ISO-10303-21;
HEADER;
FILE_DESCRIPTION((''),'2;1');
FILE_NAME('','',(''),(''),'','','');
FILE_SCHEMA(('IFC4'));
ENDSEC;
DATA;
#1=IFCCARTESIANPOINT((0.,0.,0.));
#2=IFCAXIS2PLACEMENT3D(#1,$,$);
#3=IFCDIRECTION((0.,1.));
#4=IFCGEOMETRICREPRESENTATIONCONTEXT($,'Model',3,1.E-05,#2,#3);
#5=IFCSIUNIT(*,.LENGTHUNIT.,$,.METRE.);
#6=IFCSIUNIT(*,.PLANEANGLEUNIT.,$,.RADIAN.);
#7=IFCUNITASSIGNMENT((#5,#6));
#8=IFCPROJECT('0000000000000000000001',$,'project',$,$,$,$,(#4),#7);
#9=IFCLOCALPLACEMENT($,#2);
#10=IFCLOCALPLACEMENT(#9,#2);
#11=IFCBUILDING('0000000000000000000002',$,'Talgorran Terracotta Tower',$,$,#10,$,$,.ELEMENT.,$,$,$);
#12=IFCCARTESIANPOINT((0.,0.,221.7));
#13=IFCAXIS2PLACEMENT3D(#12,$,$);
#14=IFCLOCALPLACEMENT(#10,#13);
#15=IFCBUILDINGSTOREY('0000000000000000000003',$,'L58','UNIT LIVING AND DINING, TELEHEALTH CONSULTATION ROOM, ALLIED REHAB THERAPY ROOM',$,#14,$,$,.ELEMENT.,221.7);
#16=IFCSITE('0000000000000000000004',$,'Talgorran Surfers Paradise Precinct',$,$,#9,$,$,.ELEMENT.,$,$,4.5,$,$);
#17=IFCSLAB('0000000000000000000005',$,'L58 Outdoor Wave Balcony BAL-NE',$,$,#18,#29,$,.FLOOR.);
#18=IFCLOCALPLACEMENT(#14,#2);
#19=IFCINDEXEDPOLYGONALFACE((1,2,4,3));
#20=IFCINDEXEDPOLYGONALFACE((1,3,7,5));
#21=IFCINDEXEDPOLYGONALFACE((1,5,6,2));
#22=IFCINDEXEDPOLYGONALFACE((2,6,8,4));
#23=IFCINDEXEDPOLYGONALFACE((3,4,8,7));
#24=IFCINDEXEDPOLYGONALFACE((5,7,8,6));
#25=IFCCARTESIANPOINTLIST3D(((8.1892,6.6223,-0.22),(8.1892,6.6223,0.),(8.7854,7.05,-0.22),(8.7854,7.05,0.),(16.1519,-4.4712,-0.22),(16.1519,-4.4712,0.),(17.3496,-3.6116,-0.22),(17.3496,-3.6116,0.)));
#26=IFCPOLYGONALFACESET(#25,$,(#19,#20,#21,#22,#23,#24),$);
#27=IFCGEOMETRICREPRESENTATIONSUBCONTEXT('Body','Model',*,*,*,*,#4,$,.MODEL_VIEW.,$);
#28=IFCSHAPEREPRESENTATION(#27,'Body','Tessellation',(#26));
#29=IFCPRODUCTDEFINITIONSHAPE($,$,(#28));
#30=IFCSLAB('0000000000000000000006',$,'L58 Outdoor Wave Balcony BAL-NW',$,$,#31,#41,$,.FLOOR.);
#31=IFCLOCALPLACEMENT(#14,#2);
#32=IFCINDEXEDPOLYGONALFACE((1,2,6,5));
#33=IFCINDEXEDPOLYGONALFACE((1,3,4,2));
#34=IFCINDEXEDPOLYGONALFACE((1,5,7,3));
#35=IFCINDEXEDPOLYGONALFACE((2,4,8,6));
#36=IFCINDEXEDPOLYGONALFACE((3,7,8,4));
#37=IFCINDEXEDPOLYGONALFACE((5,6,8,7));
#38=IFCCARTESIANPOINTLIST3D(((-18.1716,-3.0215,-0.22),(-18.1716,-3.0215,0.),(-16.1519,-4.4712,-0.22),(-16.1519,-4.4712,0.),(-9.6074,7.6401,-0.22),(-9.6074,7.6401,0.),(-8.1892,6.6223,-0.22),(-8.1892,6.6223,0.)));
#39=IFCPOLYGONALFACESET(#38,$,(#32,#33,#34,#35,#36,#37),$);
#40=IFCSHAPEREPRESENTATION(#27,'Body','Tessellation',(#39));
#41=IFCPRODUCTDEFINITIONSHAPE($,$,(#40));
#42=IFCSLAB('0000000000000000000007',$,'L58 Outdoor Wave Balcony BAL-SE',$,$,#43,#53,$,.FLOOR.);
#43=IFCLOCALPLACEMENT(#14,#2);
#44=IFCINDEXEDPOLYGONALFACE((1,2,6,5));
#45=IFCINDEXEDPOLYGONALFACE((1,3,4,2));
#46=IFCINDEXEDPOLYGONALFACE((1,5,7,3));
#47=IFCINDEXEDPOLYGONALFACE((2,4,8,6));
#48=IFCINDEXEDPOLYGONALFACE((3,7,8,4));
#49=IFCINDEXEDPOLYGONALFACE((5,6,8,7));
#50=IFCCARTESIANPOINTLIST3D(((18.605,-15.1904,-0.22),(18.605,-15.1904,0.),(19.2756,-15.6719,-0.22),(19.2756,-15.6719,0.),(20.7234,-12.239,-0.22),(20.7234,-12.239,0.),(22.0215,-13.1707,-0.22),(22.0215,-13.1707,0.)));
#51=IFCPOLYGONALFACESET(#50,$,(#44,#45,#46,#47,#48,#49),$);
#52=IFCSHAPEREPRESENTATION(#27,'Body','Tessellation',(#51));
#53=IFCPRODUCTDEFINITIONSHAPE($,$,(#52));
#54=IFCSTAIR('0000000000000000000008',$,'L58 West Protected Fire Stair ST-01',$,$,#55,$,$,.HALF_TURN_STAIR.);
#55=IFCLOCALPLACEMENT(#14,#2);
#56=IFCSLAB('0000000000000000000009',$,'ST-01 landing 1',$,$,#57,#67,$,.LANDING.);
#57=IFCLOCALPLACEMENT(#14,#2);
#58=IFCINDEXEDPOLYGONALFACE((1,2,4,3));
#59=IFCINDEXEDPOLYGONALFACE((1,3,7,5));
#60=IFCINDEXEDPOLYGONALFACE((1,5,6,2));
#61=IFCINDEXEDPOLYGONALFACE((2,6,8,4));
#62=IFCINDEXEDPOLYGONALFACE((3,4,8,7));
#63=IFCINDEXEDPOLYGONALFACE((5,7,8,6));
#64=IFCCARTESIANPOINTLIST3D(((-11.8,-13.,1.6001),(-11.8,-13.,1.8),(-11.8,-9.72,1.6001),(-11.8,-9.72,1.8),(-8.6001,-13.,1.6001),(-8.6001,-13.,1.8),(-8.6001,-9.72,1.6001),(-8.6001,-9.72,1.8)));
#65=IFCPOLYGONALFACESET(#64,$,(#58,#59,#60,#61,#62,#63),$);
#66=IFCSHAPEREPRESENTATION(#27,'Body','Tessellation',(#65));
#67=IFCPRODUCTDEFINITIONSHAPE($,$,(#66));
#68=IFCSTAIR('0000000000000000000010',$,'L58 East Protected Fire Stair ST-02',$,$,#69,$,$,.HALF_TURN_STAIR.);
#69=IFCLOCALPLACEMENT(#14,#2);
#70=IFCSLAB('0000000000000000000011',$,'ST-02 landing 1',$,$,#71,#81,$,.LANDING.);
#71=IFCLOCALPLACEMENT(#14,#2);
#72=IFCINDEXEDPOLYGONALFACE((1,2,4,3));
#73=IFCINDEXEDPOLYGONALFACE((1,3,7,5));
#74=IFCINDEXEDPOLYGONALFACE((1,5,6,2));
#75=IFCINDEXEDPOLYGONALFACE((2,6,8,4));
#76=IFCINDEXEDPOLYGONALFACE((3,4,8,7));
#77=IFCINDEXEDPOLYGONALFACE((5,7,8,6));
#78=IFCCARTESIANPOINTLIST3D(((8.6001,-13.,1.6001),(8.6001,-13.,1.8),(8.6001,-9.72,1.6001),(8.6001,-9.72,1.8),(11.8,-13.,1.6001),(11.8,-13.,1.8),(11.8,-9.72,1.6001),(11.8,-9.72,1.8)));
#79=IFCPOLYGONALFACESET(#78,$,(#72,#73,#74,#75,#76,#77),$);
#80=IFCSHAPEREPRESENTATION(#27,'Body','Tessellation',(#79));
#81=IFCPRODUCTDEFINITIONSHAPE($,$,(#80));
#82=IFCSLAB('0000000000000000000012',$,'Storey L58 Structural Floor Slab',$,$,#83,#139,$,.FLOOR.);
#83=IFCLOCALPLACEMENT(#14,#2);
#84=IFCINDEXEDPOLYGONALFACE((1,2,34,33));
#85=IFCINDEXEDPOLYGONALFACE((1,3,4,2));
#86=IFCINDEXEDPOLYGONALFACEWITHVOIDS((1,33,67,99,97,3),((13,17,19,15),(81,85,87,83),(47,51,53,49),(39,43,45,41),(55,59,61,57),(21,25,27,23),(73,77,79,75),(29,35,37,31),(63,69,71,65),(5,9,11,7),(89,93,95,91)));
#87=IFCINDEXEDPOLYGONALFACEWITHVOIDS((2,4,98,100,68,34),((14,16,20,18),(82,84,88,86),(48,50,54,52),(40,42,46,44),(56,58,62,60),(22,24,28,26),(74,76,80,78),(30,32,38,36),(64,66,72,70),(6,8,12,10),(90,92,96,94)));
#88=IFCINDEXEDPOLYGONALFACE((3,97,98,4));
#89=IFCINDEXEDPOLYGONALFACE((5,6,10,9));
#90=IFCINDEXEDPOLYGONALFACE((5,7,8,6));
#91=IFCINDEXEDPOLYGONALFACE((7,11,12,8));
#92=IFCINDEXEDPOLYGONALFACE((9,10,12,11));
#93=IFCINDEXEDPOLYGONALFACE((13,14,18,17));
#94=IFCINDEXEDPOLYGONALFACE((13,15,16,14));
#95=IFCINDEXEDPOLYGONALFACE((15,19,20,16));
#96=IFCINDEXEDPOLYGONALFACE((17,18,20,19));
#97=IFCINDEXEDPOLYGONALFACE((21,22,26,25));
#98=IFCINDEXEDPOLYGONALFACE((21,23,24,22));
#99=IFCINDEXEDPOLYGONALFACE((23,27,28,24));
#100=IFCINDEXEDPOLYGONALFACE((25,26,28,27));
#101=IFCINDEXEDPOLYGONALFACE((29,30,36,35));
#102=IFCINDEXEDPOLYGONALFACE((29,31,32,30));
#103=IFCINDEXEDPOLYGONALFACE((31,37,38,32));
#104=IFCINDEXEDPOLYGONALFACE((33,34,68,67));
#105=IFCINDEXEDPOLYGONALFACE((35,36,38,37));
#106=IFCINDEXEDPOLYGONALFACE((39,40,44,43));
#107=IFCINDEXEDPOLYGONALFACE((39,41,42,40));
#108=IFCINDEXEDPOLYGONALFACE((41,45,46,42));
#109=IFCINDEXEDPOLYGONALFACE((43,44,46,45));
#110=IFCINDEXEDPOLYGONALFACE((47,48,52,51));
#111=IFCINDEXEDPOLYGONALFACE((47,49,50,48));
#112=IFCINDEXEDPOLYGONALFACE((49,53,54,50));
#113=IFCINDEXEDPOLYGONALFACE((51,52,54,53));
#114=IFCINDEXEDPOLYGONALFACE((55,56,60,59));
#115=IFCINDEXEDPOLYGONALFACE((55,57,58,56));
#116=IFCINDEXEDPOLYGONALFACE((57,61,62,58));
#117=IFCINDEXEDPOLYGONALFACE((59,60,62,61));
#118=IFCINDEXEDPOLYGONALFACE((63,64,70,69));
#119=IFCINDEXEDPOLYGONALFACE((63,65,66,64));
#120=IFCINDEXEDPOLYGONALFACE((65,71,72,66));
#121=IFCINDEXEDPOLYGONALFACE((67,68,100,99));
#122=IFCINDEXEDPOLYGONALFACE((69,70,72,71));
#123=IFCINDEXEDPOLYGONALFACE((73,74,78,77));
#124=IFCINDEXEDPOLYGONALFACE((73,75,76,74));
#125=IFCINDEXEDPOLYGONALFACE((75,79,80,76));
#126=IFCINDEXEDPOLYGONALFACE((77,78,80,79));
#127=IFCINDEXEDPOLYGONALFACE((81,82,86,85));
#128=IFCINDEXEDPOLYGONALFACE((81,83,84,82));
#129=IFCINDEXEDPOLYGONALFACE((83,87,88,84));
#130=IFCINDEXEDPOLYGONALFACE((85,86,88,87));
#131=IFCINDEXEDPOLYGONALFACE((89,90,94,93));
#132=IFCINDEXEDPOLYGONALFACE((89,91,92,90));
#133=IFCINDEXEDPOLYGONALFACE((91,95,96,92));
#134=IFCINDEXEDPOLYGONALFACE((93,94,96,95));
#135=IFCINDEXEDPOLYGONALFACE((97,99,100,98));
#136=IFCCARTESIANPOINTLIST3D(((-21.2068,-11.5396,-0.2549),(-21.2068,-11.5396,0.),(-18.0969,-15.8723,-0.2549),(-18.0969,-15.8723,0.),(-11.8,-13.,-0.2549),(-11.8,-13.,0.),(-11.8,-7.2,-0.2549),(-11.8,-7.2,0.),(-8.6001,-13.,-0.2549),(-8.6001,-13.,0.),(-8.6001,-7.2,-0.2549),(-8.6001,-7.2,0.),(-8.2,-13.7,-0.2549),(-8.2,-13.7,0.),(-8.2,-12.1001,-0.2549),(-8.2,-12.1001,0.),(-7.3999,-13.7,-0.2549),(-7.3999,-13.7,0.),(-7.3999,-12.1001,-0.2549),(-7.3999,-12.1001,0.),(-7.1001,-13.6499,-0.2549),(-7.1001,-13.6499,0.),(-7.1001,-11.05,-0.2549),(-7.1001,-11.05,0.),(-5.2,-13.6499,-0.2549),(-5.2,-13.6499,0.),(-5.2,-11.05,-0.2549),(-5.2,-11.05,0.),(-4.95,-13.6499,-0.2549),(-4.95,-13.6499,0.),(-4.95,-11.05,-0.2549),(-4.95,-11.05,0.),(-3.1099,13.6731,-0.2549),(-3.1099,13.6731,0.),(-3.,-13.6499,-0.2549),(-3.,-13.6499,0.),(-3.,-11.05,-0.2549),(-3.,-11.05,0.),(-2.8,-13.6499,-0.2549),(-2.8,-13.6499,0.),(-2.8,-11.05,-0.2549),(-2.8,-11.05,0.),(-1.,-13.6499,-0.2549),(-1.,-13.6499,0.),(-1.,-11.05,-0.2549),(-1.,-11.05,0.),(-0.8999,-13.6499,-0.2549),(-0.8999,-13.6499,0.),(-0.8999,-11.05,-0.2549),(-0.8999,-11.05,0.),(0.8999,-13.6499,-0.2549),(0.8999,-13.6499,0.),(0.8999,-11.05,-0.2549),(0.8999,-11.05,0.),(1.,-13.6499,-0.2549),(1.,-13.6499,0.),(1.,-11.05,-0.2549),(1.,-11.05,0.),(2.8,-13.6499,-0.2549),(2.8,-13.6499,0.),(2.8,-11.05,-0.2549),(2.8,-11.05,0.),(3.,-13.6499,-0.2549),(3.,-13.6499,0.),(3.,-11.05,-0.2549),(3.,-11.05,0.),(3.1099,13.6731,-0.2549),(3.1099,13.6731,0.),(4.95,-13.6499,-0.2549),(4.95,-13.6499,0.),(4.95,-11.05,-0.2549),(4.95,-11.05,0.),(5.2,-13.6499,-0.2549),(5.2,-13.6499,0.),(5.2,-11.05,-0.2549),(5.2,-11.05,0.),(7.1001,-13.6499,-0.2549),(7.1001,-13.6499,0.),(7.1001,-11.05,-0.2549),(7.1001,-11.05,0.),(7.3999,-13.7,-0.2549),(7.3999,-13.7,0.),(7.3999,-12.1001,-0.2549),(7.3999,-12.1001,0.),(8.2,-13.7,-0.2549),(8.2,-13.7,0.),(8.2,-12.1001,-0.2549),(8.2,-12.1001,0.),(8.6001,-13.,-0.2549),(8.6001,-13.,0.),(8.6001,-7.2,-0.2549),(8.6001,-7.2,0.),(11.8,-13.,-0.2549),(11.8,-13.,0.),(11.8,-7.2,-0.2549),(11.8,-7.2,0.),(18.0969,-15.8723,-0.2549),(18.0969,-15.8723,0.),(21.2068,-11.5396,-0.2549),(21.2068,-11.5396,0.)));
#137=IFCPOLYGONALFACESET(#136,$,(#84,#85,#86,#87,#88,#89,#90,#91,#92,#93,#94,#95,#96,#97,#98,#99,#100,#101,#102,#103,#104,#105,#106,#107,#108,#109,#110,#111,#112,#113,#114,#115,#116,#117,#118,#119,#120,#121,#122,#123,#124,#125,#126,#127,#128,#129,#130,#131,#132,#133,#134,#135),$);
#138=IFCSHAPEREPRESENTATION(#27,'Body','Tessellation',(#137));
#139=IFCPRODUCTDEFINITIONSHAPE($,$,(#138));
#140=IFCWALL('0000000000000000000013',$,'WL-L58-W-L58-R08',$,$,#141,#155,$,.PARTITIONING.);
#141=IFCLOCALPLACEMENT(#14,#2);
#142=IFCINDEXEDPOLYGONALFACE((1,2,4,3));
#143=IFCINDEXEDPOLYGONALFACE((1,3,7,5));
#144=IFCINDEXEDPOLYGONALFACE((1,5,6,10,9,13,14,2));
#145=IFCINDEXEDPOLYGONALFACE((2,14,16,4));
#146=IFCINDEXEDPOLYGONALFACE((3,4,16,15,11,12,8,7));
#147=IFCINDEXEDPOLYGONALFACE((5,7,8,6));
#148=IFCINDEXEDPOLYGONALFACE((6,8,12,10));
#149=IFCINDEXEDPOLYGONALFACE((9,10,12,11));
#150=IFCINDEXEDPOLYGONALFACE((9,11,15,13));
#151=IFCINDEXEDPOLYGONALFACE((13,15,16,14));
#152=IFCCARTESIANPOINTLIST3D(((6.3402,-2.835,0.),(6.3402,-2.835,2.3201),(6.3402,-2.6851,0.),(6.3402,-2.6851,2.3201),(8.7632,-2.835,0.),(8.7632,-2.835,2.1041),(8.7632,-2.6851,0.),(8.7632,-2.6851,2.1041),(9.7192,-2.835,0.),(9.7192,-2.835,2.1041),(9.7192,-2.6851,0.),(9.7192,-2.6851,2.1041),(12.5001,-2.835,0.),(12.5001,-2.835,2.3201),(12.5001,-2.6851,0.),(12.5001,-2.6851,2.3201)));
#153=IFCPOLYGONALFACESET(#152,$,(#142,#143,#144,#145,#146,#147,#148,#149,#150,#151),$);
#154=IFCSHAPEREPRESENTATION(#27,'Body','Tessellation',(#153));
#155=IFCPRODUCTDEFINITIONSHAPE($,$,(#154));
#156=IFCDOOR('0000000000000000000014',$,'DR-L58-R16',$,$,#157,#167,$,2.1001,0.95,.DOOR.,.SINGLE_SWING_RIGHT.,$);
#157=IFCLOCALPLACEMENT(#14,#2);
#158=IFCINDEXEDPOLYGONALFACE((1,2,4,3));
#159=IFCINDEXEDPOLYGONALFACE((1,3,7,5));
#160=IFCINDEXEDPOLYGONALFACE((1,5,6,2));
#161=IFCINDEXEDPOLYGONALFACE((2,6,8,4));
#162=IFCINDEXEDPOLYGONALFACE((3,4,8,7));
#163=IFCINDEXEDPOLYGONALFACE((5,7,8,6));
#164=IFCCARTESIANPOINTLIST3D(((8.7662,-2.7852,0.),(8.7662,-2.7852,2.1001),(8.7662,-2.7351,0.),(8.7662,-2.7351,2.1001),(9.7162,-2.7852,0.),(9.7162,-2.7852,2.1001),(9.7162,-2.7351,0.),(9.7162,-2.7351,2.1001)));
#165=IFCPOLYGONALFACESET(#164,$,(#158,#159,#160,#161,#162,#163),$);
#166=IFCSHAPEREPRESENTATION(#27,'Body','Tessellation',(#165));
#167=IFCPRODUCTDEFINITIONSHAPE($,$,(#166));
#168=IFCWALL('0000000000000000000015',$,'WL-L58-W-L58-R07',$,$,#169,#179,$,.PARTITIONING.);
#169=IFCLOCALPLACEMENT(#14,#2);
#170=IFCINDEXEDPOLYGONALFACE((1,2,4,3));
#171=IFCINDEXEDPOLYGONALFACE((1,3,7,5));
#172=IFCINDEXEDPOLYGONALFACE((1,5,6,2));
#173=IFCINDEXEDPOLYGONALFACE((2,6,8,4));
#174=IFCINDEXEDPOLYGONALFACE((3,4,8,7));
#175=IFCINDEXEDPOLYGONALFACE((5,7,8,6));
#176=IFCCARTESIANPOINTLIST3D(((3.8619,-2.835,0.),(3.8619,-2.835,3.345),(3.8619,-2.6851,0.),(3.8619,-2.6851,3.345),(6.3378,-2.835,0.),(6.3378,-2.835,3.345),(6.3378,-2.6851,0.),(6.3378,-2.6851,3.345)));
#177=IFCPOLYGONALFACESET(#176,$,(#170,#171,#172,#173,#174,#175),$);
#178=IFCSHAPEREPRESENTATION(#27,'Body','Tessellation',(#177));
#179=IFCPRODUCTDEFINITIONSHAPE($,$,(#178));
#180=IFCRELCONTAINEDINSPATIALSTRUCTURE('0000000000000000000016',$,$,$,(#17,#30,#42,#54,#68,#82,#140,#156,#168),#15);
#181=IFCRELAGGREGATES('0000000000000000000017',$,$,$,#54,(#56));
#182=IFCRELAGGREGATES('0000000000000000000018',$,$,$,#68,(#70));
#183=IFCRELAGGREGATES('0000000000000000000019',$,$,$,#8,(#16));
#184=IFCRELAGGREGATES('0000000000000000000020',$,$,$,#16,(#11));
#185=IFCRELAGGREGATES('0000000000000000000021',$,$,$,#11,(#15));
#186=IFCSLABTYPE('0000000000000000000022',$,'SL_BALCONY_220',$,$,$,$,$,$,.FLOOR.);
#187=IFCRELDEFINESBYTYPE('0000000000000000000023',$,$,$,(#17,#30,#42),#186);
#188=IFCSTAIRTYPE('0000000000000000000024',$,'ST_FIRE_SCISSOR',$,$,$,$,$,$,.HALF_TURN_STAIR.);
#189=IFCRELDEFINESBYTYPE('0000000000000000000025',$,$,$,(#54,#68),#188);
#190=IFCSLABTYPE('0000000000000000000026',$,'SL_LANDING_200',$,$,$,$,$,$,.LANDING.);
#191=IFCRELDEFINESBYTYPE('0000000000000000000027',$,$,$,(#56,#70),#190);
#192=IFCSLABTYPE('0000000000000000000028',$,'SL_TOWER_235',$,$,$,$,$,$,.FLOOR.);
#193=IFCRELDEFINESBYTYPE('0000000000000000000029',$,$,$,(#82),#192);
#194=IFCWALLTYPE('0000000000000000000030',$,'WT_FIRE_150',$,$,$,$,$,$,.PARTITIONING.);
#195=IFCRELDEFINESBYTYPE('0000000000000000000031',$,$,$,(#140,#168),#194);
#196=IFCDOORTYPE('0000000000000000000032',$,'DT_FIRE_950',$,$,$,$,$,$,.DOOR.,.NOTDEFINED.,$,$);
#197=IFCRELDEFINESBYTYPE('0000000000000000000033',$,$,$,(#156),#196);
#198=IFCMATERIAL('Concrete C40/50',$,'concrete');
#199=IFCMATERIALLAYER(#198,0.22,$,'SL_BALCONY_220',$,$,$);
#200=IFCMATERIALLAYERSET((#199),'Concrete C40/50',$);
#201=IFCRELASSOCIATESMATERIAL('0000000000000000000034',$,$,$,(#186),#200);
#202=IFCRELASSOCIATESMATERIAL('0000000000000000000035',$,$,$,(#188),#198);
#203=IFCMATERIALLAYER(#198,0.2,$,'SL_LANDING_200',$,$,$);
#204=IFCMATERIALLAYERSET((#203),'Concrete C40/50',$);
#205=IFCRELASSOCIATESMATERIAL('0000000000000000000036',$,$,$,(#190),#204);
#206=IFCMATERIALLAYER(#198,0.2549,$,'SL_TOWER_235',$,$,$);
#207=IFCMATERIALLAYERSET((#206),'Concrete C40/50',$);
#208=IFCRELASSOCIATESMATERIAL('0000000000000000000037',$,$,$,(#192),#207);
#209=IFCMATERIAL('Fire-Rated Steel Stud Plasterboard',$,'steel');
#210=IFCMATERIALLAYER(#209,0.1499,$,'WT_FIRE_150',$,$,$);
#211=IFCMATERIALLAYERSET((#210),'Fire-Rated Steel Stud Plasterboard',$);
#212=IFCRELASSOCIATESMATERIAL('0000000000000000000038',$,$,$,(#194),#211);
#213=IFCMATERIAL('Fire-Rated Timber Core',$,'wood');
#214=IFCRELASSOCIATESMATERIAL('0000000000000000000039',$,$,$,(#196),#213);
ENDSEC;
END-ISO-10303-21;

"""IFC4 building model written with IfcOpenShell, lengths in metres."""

from ifc_helpers import new_model, si_unit, direction, frame, frame_2d, origin, place, context, subcontext, project, spatial, polyline, rectangle, outline, extrude, material, layer, layer_set, type_object, element, fill, aggregate, save


model = new_model("IFC4")

# Units and contexts
model_context = context("Model", 3, precision=1e-05, world=origin(), true_north=direction((0.0, 1.0)))
body_context = subcontext(model_context, "Body", "Model", "MODEL_VIEW")
ifc_project = project(units=[si_unit("LENGTHUNIT", "METRE"), si_unit("PLANEANGLEUNIT", "RADIAN")], contexts=[model_context])

# Site, building, storey
site_placement = place(None, origin())
site = spatial("IfcSite", under=ifc_project, at=site_placement, Name="Talgorran Surfers Paradise Precinct", CompositionType="ELEMENT", RefElevation=4.5)
building_placement = place(site_placement, origin())
building = spatial("IfcBuilding", under=site, at=building_placement, Name="Talgorran Terracotta Tower", CompositionType="ELEMENT")
storey_placement = place(building_placement, frame((0.0, 0.0, 221.7)))
storey = spatial("IfcBuildingStorey", under=building, at=storey_placement, Name="L58", Description="UNIT LIVING AND DINING, TELEHEALTH CONSULTATION ROOM, ALLIED REHAB THERAPY ROOM", CompositionType="ELEMENT", Elevation=221.7)

# Slabs
ifc_material_1 = material(Name="Concrete C40/50", Category="concrete")
ifc_layer_1 = layer(ifc_material_1, 0.22, Name="SL_BALCONY_220")
ifc_layer_set_1 = layer_set([ifc_layer_1], Name="Concrete C40/50")
slab_type_1 = type_object("IfcSlabType", Name="SL_BALCONY_220", PredefinedType="FLOOR", material=ifc_layer_set_1)
slab_1_placement = place(storey_placement, frame((0.0, 0.0, -0.22)))
element("IfcSlab", 1, at=slab_1_placement, inside=storey, type_object=slab_type_1, Name="L58 Outdoor Wave Balcony BAL-NE", PredefinedType="FLOOR", context=body_context, shape_type="SweptSolid", body=[
    extrude(outline(polyline([(8.1892, 6.6223), (16.1519, -4.4712), (17.3496, -3.6116), (8.7854, 7.05), (8.1892, 6.6223)])), origin(), (0.0, 0.0, 1.0), 0.22),
])
slab_2_placement = place(storey_placement, frame((0.0, 0.0, -0.22)))
element("IfcSlab", 2, at=slab_2_placement, inside=storey, type_object=slab_type_1, Name="L58 Outdoor Wave Balcony BAL-NW", PredefinedType="FLOOR", context=body_context, shape_type="SweptSolid", body=[
    extrude(outline(polyline([(-16.1519, -4.4712), (-8.1892, 6.6223), (-9.6074, 7.6401), (-18.1716, -3.0215), (-16.1519, -4.4712)])), origin(), (0.0, 0.0, 1.0), 0.22),
])
slab_3_placement = place(storey_placement, frame((0.0, 0.0, -0.22)))
element("IfcSlab", 3, at=slab_3_placement, inside=storey, type_object=slab_type_1, Name="L58 Outdoor Wave Balcony BAL-SE", PredefinedType="FLOOR", context=body_context, shape_type="SweptSolid", body=[
    extrude(outline(polyline([(20.7234, -12.239), (18.605, -15.1904), (19.2756, -15.6719), (22.0215, -13.1707), (20.7234, -12.239)])), origin(), (0.0, 0.0, 1.0), 0.22),
])

# Stairs, slabs
stair_type = type_object("IfcStairType", Name="ST_FIRE_SCISSOR", PredefinedType="HALF_TURN_STAIR", material=ifc_material_1)
stair_1_placement = place(storey_placement, origin())
stair_1 = element("IfcStair", 4, at=stair_1_placement, inside=storey, type_object=stair_type, Name="L58 West Protected Fire Stair ST-01", PredefinedType="HALF_TURN_STAIR")
ifc_layer_2 = layer(ifc_material_1, 0.2, Name="SL_LANDING_200")
ifc_layer_set_2 = layer_set([ifc_layer_2], Name="Concrete C40/50")
slab_type_2 = type_object("IfcSlabType", Name="SL_LANDING_200", PredefinedType="LANDING", material=ifc_layer_set_2)
slab_4_placement = place(storey_placement, frame((0.0, 0.0, 1.6001)))
slab_4 = element("IfcSlab", 5, at=slab_4_placement, type_object=slab_type_2, Name="ST-01 landing 1", PredefinedType="LANDING", context=body_context, shape_type="SweptSolid", body=[
    extrude(outline(polyline([(-11.8, -9.72), (-11.8, -13.0), (-8.6001, -13.0), (-8.6001, -9.72), (-11.8, -9.72)])), origin(), (0.0, 0.0, 1.0), 0.2),
])
aggregate(stair_1, [slab_4])
stair_2_placement = place(storey_placement, origin())
stair_2 = element("IfcStair", 6, at=stair_2_placement, inside=storey, type_object=stair_type, Name="L58 East Protected Fire Stair ST-02", PredefinedType="HALF_TURN_STAIR")
slab_5_placement = place(storey_placement, frame((0.0, 0.0, 1.6001)))
slab_5 = element("IfcSlab", 7, at=slab_5_placement, type_object=slab_type_2, Name="ST-02 landing 1", PredefinedType="LANDING", context=body_context, shape_type="SweptSolid", body=[
    extrude(outline(polyline([(8.6001, -9.72), (8.6001, -13.0), (11.8, -13.0), (11.8, -9.72), (8.6001, -9.72)])), origin(), (0.0, 0.0, 1.0), 0.2),
])
aggregate(stair_2, [slab_5])

# Slab
ifc_layer_3 = layer(ifc_material_1, 0.2549, Name="SL_TOWER_235")
ifc_layer_set_3 = layer_set([ifc_layer_3], Name="Concrete C40/50")
slab_type_3 = type_object("IfcSlabType", Name="SL_TOWER_235", PredefinedType="FLOOR", material=ifc_layer_set_3)
slab_6_placement = place(storey_placement, frame((0.0, 0.0, -0.2549)))
element("IfcSlab", 8, at=slab_6_placement, inside=storey, type_object=slab_type_3, Name="Storey L58 Structural Floor Slab", PredefinedType="FLOOR", context=body_context, shape_type="SweptSolid", body=[
    extrude(outline(polyline([(-21.2068, -11.5396), (-18.0969, -15.8723), (18.0969, -15.8723), (21.2068, -11.5396), (3.1099, 13.6731), (-3.1099, 13.6731), (-21.2068, -11.5396)]), holes=[polyline([(-11.8, -7.2), (-11.8, -13.0), (-8.6001, -13.0), (-8.6001, -7.2), (-11.8, -7.2)]), polyline([(8.6001, -7.2), (8.6001, -13.0), (11.8, -13.0), (11.8, -7.2), (8.6001, -7.2)]), polyline([(-7.1001, -13.6499), (-5.2, -13.6499), (-5.2, -11.05), (-7.1001, -11.05), (-7.1001, -13.6499)]), polyline([(5.2, -13.6499), (7.1001, -13.6499), (7.1001, -11.05), (5.2, -11.05), (5.2, -13.6499)]), polyline([(3.0, -13.6499), (4.95, -13.6499), (4.95, -11.05), (3.0, -11.05), (3.0, -13.6499)]), polyline([(-4.95, -13.6499), (-3.0, -13.6499), (-3.0, -11.05), (-4.95, -11.05), (-4.95, -13.6499)]), polyline([(-2.8, -13.6499), (-1.0, -13.6499), (-1.0, -11.05), (-2.8, -11.05), (-2.8, -13.6499)]), polyline([(-0.8999, -13.6499), (0.8999, -13.6499), (0.8999, -11.05), (-0.8999, -11.05), (-0.8999, -13.6499)]), polyline([(1.0, -13.6499), (2.8, -13.6499), (2.8, -11.05), (1.0, -11.05), (1.0, -13.6499)]), polyline([(-8.2, -13.7), (-7.3999, -13.7), (-7.3999, -12.1001), (-8.2, -12.1001), (-8.2, -13.7)]), polyline([(7.3999, -13.7), (8.2, -13.7), (8.2, -12.1001), (7.3999, -12.1001), (7.3999, -13.7)])]), origin(), (0.0, 0.0, 1.0), 0.2549),
])

# Wall, opening, door
ifc_material_2 = material(Name="Fire-Rated Steel Stud Plasterboard", Category="steel")
ifc_layer_4 = layer(ifc_material_2, 0.1499, Name="WT_FIRE_150")
ifc_layer_set_4 = layer_set([ifc_layer_4], Name="Fire-Rated Steel Stud Plasterboard")
wall_type_1 = type_object("IfcWallType", Name="WT_FIRE_150", PredefinedType="PARTITIONING", material=ifc_layer_set_4)
wall_1_placement = place(storey_placement, frame((6.3401, -2.76, 0.0), z_axis=(0.0, 0.0, 1.0), x_axis=(1.0, 0.0, 0.0)))
wall_1 = element("IfcWall", 9, at=wall_1_placement, inside=storey, type_object=wall_type_1, Name="WL-L58-W-L58-R08", PredefinedType="PARTITIONING", context=body_context, shape_type="SweptSolid", body=[
    extrude(rectangle(XDim=6.1599, YDim=0.1499, at=frame_2d((3.0801, 0.0))), origin(), (0.0, 0.0, 1.0), 2.3201),
])
opening_placement = place(wall_1_placement, frame((2.426, 0.0, 0.0)))
opening = element("IfcOpeningElement", 10, at=opening_placement, cuts=wall_1, PredefinedType="OPENING", context=body_context, shape_type="SweptSolid", body=[
    extrude(rectangle(XDim=0.956, YDim=2.1041, at=frame_2d((0.4751, 1.052))), frame((0.0, 0.085, 0.0), z_axis=(0.0, -1.0, 0.0), x_axis=(1.0, 0.0, 0.0)), (0.0, 0.0, 1.0), 0.1699),
])
ifc_material_3 = material(Name="Fire-Rated Timber Core", Category="wood")
door_type = type_object("IfcDoorType", Name="DT_FIRE_950", OperationType="NOTDEFINED", PredefinedType="DOOR", material=ifc_material_3)
door_placement = place(opening_placement, origin())
door = element("IfcDoor", 11, at=door_placement, inside=storey, type_object=door_type, Name="DR-L58-R16", OperationType="SINGLE_SWING_RIGHT", OverallHeight=2.1001, OverallWidth=0.95, PredefinedType="DOOR", context=body_context, shape_type="SweptSolid", body=[
    extrude(rectangle(XDim=0.95, YDim=2.1001, at=frame_2d((0.4751, 1.05))), frame((0.0, 0.0249, 0.0), z_axis=(0.0, -1.0, 0.0), x_axis=(1.0, 0.0, 0.0)), (0.0, 0.0, 1.0), 0.05),
])
fill(opening, door)

# Wall
wall_2_placement = place(storey_placement, frame((3.8621, -2.76, 0.0), z_axis=(0.0, 0.0, 1.0), x_axis=(1.0, 0.0, 0.0)))
element("IfcWall", 12, at=wall_2_placement, inside=storey, type_object=wall_type_1, Name="WL-L58-W-L58-R07", PredefinedType="PARTITIONING", context=body_context, shape_type="SweptSolid", body=[
    extrude(rectangle(XDim=2.4758, YDim=0.1499, at=frame_2d((1.2378, 0.0))), origin(), (0.0, 0.0, 1.0), 3.345),
])

save(model, "model.ifc")
